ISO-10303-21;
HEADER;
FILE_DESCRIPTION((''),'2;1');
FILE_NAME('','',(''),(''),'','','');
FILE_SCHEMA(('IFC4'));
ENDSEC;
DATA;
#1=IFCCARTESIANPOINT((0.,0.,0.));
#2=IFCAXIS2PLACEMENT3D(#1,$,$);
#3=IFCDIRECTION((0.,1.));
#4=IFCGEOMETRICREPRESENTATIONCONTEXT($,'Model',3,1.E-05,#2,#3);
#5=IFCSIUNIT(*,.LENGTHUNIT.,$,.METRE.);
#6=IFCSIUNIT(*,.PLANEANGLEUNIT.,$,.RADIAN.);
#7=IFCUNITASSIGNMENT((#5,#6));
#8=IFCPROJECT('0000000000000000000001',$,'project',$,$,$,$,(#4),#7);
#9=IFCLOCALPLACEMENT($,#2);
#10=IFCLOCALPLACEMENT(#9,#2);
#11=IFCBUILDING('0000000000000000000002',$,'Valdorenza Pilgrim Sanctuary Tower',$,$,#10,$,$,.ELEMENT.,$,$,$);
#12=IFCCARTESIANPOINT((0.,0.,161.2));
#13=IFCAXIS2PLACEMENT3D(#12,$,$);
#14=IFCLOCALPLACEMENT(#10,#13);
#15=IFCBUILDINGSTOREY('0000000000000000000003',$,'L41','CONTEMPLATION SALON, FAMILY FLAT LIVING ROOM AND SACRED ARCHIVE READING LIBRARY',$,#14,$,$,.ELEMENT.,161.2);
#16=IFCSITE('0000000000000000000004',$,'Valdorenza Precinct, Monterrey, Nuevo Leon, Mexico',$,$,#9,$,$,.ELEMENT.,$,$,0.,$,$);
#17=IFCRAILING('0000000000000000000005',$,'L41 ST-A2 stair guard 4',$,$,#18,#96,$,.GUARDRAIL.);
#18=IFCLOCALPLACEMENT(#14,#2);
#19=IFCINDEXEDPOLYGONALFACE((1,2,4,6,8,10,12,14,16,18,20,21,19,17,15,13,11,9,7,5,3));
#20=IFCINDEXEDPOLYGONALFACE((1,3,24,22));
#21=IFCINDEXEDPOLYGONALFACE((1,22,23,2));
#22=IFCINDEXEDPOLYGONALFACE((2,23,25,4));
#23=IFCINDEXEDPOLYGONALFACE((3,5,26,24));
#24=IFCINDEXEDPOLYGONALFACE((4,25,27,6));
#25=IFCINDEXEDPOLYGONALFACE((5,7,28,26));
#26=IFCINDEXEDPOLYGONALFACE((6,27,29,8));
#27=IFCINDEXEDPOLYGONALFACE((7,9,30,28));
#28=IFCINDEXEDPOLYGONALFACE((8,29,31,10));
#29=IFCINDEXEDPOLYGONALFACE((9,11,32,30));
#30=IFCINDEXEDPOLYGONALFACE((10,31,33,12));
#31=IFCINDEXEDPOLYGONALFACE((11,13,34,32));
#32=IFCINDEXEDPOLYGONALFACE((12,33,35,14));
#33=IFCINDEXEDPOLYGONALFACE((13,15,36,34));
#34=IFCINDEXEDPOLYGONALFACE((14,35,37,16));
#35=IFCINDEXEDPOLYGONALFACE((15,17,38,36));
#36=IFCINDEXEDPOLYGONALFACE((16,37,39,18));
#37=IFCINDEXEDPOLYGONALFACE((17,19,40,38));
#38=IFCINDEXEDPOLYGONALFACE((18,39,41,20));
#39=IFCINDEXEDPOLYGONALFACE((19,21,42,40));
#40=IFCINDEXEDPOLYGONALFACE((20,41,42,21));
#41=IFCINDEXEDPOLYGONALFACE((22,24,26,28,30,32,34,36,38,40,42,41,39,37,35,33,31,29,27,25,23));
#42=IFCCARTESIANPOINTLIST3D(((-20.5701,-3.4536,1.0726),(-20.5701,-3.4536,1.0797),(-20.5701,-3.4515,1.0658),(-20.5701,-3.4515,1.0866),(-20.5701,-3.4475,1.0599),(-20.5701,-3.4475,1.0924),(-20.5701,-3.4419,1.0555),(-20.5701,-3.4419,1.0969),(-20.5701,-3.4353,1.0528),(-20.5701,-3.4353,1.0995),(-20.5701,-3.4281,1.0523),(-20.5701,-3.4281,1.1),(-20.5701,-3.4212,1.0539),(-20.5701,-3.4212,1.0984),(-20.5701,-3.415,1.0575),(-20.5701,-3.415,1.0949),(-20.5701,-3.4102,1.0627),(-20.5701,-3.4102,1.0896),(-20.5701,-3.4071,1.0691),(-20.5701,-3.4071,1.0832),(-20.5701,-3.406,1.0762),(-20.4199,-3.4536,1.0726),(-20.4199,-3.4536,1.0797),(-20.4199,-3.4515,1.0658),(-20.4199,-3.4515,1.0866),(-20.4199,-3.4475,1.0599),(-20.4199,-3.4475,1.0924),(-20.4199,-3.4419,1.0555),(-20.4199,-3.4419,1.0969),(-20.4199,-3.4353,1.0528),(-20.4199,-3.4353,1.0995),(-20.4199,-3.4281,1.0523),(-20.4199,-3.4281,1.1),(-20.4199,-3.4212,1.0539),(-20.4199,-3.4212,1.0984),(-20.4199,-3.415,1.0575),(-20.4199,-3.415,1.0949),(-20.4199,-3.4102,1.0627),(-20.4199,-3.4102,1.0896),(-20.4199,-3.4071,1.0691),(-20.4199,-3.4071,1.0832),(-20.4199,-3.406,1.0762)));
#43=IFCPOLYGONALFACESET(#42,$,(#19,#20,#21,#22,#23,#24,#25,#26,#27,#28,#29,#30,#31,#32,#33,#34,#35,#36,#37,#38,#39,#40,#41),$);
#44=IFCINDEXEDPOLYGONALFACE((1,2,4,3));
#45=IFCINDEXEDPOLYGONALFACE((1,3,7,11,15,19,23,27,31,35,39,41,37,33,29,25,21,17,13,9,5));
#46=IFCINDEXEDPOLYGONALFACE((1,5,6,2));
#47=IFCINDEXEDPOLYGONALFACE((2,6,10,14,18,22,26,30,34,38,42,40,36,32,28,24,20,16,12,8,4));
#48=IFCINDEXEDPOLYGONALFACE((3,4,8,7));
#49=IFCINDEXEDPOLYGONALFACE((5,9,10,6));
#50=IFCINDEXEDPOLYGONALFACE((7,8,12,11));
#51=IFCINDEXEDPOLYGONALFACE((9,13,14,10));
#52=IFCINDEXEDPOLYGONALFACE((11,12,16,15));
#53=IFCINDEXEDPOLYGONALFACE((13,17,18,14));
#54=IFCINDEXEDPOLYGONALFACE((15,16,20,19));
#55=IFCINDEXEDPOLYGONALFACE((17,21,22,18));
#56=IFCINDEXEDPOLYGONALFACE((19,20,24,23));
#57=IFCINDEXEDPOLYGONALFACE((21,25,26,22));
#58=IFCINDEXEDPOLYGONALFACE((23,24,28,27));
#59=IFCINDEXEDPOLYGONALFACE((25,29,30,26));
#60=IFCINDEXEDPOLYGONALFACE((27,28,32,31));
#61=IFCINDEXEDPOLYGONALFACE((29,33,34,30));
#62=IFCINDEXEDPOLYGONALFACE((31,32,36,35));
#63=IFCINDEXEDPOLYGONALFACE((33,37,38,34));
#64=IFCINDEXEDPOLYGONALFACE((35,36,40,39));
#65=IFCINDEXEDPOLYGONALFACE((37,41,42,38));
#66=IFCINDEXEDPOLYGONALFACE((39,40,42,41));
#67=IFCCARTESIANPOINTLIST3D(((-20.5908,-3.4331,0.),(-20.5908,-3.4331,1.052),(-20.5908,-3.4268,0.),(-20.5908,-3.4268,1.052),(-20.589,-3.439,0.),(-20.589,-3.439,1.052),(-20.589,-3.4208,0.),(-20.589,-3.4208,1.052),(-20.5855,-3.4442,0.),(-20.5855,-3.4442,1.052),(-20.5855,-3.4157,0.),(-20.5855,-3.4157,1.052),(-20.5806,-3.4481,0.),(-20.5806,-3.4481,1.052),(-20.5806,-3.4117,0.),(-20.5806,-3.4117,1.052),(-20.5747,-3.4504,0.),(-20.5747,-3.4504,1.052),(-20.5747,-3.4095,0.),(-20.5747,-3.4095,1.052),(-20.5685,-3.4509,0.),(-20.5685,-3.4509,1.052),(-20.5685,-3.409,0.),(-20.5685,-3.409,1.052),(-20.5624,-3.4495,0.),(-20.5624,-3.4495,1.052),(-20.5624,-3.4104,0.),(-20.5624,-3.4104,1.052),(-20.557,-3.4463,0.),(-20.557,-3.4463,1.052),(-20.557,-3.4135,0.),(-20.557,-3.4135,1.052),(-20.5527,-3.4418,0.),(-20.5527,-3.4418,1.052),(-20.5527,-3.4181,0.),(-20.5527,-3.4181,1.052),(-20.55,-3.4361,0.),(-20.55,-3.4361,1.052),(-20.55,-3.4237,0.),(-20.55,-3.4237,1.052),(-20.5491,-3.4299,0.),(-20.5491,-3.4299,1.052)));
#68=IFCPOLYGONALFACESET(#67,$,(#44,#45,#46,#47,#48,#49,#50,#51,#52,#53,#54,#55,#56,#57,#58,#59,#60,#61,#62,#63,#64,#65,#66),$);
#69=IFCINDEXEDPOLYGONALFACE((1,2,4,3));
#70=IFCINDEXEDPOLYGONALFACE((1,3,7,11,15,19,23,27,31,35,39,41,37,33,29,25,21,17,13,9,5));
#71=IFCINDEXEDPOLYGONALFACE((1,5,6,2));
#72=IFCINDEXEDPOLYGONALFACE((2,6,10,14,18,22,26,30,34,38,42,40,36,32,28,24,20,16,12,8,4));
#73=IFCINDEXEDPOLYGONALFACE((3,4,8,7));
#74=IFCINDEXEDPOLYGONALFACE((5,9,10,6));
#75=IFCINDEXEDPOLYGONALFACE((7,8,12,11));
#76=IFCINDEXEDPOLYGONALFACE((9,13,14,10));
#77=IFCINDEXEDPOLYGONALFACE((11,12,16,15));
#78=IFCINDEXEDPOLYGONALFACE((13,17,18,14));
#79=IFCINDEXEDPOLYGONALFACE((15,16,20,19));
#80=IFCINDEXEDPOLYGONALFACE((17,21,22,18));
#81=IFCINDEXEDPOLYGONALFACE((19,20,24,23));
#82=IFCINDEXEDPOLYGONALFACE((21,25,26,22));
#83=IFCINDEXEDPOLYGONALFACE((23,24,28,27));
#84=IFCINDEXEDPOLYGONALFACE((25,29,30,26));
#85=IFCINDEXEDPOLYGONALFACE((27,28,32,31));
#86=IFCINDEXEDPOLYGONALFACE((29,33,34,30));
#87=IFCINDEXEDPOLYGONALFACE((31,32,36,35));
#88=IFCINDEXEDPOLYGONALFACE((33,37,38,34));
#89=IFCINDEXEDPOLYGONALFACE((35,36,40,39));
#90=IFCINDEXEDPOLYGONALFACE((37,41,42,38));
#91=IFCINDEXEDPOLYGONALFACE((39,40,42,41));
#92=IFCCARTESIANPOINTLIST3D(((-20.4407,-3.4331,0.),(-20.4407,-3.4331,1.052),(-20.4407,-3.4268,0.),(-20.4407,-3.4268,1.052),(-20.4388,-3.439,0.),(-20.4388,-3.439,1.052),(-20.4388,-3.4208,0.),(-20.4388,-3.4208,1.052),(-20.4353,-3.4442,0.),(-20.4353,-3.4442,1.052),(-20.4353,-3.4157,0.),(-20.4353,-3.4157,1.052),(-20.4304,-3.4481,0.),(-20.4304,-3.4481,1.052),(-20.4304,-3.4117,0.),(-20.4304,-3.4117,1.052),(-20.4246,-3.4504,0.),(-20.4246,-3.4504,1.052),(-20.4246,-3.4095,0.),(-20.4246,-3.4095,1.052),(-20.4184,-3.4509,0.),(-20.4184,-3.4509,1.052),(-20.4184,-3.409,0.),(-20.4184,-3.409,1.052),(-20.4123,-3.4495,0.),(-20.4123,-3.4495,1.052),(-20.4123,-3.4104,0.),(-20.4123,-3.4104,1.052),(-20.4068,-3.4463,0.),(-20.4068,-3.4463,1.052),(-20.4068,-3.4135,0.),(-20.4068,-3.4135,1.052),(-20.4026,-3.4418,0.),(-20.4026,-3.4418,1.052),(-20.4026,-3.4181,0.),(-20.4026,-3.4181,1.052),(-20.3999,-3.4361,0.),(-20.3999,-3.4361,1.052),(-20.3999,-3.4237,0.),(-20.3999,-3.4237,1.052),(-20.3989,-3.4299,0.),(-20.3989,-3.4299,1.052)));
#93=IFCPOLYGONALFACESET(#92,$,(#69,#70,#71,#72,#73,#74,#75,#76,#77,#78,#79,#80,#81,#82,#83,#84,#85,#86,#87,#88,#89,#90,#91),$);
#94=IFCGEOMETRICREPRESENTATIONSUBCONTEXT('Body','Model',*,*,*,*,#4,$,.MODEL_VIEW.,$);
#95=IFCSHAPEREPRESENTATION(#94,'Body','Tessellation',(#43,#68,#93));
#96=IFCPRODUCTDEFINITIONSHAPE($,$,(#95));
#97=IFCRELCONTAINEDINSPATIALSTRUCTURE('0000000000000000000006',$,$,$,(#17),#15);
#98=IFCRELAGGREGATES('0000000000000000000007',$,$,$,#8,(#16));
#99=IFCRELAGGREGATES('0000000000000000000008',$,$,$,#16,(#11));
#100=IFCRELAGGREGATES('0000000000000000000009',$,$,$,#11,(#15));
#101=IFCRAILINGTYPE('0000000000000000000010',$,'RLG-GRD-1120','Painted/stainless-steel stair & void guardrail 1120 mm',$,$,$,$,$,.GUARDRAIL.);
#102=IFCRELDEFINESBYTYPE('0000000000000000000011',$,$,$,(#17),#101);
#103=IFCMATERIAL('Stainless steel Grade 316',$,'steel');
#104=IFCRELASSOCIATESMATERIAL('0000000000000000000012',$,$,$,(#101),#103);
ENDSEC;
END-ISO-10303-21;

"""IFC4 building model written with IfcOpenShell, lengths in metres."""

from ifc_helpers import new_model, si_unit, direction, frame, origin, origin_2d, place, context, subcontext, project, spatial, circle, extrude, material, type_object, element, save


model = new_model("IFC4")

# Units and contexts
model_context = context("Model", 3, precision=1e-05, world=origin(), true_north=direction((0.0, 1.0)))
body_context = subcontext(model_context, "Body", "Model", "MODEL_VIEW")
ifc_project = project(units=[si_unit("LENGTHUNIT", "METRE"), si_unit("PLANEANGLEUNIT", "RADIAN")], contexts=[model_context])

# Site, building, storey
site_placement = place(None, origin())
site = spatial("IfcSite", under=ifc_project, at=site_placement, Name="Valdorenza Precinct, Monterrey, Nuevo Leon, Mexico", CompositionType="ELEMENT", RefElevation=0.0)
building_placement = place(site_placement, origin())
building = spatial("IfcBuilding", under=site, at=building_placement, Name="Valdorenza Pilgrim Sanctuary Tower", CompositionType="ELEMENT")
storey_placement = place(building_placement, frame((0.0, 0.0, 161.2)))
storey = spatial("IfcBuildingStorey", under=building, at=storey_placement, Name="L41", Description="CONTEMPLATION SALON, FAMILY FLAT LIVING ROOM AND SACRED ARCHIVE READING LIBRARY", CompositionType="ELEMENT", Elevation=161.2)

# Railing
ifc_material_1 = material(Name="Stainless steel Grade 316", Category="steel")
railing_type_1 = type_object("IfcRailingType", Name="RLG-GRD-1120", Description="Painted/stainless-steel stair & void guardrail 1120 mm", PredefinedType="GUARDRAIL", material=ifc_material_1)
railing_1_placement = place(storey_placement, frame((-20.5701, -3.4299, 0.0)))
element("IfcRailing", 1, at=railing_1_placement, inside=storey, type_object=railing_type_1, Name="L41 ST-A2 stair guard 4", PredefinedType="GUARDRAIL", context=body_context, shape_type="SweptSolid", body=[
    extrude(circle(Radius=0.0239, at=origin_2d()), frame((0.0, 0.0, 1.0762), z_axis=(1.0, 0.0, 0.0), x_axis=(0.0, 1.0, 0.0)), (0.0, 0.0, 1.0), 0.1501),
    extrude(circle(Radius=0.021, at=origin_2d()), origin(), (0.0, 0.0, 1.0), 1.052),
    extrude(circle(Radius=0.021, at=origin_2d()), frame((0.1501, 0.0, 0.0)), (0.0, 0.0, 1.0), 1.052),
])

save(model, "model.ifc")
